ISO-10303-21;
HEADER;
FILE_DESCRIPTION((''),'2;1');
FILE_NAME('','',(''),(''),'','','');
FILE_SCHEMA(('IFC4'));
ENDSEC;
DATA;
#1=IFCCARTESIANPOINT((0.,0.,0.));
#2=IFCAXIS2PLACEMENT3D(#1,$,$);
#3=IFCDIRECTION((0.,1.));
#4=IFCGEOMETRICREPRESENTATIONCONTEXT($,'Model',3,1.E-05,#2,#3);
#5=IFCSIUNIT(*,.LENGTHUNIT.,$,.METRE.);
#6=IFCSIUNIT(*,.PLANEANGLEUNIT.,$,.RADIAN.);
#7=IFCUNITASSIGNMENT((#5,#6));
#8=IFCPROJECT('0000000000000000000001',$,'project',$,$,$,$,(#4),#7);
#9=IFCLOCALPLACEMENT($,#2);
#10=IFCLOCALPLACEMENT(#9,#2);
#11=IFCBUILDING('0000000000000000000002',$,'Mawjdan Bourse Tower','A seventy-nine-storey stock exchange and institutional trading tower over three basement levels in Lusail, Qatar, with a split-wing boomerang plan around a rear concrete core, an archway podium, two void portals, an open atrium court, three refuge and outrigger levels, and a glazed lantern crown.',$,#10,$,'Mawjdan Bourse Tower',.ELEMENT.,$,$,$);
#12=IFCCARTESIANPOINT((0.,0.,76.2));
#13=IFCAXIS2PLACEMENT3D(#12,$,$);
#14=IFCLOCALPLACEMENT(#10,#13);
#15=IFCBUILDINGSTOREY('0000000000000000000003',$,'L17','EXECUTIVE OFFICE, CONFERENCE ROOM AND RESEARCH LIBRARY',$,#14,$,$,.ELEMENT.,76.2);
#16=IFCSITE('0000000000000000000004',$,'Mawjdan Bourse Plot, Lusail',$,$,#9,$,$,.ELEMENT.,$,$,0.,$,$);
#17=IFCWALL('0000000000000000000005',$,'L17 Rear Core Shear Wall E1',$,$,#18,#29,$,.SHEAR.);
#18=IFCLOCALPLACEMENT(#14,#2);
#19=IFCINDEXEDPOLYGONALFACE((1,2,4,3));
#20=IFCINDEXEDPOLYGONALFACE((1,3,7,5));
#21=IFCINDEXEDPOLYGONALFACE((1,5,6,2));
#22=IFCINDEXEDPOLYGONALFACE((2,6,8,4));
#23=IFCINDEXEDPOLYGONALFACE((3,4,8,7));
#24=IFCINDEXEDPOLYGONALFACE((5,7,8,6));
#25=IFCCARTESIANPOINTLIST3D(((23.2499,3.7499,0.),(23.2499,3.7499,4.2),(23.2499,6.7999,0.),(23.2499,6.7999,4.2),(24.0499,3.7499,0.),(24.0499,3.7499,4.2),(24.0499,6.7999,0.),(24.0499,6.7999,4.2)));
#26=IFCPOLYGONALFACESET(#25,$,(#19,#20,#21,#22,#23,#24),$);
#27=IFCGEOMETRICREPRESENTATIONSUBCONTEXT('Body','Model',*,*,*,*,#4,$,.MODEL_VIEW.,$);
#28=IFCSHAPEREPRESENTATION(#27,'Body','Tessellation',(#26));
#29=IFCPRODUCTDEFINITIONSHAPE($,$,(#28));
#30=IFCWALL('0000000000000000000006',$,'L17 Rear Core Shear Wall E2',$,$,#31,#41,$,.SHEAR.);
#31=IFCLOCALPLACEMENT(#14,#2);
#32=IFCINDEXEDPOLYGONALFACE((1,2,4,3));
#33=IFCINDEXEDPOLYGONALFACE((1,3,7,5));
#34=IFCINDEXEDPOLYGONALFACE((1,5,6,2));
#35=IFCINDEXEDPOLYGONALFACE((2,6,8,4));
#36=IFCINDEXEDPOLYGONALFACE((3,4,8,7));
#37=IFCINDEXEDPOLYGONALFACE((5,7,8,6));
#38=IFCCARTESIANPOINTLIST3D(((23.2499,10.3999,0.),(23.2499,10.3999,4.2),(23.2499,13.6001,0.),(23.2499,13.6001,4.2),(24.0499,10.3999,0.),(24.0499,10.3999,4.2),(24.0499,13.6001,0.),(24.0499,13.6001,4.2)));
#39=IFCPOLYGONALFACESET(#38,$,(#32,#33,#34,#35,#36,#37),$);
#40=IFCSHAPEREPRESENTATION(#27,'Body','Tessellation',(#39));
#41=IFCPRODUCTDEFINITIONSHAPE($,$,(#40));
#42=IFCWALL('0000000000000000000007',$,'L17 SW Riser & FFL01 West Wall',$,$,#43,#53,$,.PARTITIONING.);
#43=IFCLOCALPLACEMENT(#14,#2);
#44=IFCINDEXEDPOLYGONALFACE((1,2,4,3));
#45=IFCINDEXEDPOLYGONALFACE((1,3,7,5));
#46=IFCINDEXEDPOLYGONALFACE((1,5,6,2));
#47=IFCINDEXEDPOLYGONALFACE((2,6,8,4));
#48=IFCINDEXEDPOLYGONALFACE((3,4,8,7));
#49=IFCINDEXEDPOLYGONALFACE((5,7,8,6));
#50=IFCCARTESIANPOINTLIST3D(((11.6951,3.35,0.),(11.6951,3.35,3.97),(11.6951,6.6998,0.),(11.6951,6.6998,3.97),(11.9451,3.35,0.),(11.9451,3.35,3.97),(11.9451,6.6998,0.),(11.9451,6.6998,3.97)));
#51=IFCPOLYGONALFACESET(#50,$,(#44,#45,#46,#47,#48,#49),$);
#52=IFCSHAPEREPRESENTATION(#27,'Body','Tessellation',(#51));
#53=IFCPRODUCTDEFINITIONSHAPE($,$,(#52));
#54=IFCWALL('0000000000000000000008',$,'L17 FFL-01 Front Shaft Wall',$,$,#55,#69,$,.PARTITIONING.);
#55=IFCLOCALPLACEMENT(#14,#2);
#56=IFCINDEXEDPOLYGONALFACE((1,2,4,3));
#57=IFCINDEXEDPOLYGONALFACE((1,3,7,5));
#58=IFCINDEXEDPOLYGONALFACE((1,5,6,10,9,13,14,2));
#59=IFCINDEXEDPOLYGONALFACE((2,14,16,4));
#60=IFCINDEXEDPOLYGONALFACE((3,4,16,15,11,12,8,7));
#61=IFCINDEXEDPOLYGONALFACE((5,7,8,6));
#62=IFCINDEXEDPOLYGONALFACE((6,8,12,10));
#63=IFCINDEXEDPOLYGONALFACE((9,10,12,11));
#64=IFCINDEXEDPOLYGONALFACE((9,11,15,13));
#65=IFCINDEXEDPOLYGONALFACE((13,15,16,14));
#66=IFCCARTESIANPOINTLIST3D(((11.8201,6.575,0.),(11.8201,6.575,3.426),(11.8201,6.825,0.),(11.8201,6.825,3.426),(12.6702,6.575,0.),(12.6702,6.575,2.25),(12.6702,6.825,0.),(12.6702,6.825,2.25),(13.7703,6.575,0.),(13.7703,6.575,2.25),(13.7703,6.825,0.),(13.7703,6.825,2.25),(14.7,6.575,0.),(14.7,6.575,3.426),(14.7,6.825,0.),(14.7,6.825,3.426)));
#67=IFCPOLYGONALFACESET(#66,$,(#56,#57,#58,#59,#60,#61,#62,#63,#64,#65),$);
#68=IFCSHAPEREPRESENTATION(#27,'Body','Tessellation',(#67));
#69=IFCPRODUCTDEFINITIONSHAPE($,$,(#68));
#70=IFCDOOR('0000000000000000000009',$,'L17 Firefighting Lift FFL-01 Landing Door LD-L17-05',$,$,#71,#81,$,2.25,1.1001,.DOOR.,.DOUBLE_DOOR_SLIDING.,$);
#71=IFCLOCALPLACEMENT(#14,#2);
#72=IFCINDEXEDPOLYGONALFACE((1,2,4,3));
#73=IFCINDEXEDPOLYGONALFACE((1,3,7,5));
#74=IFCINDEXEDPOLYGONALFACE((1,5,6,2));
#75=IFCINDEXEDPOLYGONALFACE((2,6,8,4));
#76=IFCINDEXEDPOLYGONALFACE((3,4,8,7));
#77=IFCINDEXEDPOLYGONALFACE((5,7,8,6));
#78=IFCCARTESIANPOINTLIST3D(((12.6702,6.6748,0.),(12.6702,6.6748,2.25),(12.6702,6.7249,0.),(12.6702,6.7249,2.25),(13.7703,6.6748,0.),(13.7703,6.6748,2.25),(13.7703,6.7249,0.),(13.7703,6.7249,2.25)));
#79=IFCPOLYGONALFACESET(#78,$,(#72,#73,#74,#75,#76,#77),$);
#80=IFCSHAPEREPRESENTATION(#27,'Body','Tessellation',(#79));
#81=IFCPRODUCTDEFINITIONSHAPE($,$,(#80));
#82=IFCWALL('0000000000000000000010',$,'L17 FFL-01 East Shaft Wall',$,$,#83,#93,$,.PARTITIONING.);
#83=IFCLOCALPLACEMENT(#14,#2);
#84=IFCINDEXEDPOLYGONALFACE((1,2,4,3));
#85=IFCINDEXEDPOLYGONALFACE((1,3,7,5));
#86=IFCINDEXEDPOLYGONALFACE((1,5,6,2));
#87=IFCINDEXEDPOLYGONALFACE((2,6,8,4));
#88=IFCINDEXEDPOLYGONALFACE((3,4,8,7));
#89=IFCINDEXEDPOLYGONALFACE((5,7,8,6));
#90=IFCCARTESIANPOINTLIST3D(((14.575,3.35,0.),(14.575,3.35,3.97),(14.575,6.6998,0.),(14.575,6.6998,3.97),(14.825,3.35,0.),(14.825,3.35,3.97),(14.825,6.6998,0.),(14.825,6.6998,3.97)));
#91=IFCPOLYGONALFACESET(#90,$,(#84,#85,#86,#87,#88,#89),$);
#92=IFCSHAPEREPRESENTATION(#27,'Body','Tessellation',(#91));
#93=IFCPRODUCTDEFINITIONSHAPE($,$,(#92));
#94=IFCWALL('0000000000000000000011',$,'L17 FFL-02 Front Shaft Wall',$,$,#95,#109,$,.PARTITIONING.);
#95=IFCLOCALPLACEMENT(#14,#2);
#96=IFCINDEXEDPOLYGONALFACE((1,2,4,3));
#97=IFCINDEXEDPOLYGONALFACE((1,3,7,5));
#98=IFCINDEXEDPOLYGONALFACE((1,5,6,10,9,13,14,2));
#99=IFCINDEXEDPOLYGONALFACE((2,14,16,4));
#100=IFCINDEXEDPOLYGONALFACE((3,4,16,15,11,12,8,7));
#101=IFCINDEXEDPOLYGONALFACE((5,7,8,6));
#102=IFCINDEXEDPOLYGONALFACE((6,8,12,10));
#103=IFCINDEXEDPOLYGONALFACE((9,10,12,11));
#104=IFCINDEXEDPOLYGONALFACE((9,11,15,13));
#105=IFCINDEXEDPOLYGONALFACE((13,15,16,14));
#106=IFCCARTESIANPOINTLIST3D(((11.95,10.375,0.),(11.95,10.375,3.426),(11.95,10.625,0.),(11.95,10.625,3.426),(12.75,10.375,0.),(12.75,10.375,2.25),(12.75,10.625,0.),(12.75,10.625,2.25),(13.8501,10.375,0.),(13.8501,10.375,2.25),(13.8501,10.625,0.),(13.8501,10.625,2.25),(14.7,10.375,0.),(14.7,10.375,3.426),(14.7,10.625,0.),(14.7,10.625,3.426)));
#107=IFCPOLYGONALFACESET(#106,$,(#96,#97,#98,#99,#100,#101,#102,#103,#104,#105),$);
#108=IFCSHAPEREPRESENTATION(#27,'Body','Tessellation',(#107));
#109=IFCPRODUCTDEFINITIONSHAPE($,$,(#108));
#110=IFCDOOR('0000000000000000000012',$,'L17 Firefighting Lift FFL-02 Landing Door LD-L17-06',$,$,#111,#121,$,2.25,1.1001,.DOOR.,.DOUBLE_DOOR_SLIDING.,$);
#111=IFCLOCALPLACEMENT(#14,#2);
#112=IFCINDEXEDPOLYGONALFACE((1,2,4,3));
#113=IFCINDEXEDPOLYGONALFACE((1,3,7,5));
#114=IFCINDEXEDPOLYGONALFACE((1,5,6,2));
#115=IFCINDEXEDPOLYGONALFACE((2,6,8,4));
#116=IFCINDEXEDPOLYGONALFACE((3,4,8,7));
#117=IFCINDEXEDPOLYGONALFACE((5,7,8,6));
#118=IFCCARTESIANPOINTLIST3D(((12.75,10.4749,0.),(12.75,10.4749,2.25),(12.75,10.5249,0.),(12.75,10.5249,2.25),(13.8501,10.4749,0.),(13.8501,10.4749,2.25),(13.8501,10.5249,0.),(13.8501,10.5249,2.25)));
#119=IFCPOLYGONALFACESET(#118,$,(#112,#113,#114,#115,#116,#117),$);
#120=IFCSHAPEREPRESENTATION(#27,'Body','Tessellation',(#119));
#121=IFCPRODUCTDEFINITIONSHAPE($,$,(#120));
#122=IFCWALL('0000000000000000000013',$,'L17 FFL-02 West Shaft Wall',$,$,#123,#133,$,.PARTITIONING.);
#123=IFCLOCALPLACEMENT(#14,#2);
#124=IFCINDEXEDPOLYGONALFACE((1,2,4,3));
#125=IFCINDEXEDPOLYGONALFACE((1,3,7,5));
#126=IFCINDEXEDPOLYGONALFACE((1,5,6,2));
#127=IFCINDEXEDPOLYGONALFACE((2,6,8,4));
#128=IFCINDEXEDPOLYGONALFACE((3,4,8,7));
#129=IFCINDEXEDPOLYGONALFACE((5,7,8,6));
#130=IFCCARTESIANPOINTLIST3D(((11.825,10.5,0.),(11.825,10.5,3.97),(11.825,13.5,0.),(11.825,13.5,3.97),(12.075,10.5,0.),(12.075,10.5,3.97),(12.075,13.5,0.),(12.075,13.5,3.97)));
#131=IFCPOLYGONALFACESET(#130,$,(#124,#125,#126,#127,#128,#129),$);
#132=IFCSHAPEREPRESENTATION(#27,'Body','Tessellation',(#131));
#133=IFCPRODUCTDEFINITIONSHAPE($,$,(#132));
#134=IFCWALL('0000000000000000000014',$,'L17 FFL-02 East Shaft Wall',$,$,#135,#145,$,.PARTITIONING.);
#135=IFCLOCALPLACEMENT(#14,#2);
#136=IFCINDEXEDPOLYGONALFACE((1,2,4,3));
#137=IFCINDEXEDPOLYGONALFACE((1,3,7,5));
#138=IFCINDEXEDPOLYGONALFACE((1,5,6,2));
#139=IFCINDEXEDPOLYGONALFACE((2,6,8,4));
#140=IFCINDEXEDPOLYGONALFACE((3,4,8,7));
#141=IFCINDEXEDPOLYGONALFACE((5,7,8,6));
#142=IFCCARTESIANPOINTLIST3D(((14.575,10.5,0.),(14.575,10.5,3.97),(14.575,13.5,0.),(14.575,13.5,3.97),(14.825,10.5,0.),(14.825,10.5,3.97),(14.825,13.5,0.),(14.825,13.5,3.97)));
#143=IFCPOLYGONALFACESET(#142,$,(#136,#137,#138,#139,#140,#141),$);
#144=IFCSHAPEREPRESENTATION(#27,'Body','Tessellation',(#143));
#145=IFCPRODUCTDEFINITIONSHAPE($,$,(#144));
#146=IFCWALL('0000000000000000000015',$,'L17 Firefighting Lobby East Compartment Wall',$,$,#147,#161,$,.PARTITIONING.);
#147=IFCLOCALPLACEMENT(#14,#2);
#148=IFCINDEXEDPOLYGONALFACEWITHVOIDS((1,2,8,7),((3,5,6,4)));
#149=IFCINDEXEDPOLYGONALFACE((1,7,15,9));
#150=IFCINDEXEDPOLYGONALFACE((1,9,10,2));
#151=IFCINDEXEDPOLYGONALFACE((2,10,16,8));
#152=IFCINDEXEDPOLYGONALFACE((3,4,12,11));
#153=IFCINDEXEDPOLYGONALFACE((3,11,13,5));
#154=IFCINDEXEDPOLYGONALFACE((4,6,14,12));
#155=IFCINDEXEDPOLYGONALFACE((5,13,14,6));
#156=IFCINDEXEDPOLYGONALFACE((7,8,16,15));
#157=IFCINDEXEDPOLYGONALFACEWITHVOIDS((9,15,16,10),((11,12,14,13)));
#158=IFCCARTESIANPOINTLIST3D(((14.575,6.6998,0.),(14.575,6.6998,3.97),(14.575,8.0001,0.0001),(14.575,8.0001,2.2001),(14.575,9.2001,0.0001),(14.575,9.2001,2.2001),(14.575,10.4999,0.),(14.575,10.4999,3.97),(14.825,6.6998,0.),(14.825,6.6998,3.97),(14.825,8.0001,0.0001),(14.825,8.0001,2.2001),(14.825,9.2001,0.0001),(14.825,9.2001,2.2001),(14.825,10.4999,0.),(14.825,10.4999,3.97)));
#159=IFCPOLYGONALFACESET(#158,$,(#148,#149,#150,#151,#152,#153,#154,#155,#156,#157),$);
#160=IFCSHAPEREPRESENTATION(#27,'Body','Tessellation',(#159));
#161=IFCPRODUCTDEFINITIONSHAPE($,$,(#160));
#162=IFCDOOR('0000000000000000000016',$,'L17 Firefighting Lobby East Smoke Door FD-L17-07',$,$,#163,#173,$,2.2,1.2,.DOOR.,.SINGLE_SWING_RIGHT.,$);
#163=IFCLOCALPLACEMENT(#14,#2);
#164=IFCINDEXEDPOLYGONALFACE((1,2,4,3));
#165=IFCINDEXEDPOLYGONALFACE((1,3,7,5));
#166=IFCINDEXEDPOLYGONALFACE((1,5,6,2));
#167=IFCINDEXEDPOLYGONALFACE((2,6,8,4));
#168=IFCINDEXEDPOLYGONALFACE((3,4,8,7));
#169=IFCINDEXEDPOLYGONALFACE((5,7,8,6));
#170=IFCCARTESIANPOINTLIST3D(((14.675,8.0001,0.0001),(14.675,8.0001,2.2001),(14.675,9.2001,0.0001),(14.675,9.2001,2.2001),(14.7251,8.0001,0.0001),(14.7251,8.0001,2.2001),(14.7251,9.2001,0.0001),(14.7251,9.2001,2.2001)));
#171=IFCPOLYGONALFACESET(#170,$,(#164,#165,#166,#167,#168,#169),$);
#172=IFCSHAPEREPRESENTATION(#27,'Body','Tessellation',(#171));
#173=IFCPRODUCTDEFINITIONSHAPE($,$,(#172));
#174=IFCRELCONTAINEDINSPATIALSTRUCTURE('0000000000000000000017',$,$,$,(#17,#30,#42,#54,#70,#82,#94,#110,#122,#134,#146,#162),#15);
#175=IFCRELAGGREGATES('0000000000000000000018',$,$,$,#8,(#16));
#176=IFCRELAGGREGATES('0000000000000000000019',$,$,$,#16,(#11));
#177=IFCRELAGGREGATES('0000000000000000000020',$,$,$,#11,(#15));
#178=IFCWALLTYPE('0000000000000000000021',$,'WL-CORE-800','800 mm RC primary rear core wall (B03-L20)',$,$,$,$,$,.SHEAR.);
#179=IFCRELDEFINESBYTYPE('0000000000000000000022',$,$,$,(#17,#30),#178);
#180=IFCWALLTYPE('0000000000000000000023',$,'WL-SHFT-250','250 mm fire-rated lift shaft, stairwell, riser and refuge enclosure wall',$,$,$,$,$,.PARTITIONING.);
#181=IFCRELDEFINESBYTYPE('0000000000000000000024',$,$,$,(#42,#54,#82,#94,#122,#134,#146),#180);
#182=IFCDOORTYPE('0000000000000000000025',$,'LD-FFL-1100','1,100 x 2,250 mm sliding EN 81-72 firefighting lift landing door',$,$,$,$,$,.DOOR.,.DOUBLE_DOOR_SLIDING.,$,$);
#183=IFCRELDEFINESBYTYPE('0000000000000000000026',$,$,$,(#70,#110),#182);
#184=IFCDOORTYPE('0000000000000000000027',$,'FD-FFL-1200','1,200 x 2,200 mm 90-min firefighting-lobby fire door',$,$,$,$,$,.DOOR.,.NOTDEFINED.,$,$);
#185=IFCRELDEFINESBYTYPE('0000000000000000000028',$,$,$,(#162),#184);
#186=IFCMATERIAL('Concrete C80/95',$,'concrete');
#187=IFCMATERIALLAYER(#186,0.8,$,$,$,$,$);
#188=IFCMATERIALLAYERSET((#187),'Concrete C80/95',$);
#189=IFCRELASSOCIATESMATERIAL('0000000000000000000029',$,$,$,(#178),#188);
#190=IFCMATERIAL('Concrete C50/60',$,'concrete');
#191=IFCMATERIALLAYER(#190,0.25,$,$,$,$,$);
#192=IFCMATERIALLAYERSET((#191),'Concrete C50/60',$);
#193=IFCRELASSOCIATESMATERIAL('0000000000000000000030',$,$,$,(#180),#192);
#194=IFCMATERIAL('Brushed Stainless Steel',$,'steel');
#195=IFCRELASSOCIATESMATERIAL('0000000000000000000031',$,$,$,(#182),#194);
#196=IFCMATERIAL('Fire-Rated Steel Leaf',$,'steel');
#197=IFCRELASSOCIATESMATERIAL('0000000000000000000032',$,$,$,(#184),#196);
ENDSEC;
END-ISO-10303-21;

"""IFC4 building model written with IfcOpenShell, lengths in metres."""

from ifc_helpers import new_model, si_unit, direction, frame, frame_2d, origin, place, context, subcontext, project, spatial, rectangle, extrude, material, layer, layer_set, type_object, element, fill, save


model = new_model("IFC4")

# Units and contexts
model_context = context("Model", 3, precision=1e-05, world=origin(), true_north=direction((0.0, 1.0)))
body_context = subcontext(model_context, "Body", "Model", "MODEL_VIEW")
ifc_project = project(units=[si_unit("LENGTHUNIT", "METRE"), si_unit("PLANEANGLEUNIT", "RADIAN")], contexts=[model_context])

# Site, building, storey
site_placement = place(None, origin())
site = spatial("IfcSite", under=ifc_project, at=site_placement, Name="Mawjdan Bourse Plot, Lusail", CompositionType="ELEMENT", RefElevation=0.0)
building_placement = place(site_placement, origin())
building = spatial("IfcBuilding", under=site, at=building_placement, Name="Mawjdan Bourse Tower", Description="A seventy-nine-storey stock exchange and institutional trading tower over three basement levels in Lusail, Qatar, with a split-wing boomerang plan around a rear concrete core, an archway podium, two void portals, an open atrium court, three refuge and outrigger levels, and a glazed lantern crown.", LongName="Mawjdan Bourse Tower", CompositionType="ELEMENT")
storey_placement = place(building_placement, frame((0.0, 0.0, 76.2)))
storey = spatial("IfcBuildingStorey", under=building, at=storey_placement, Name="L17", Description="EXECUTIVE OFFICE, CONFERENCE ROOM AND RESEARCH LIBRARY", CompositionType="ELEMENT", Elevation=76.2)

# Walls
ifc_material_1 = material(Name="Concrete C80/95", Category="concrete")
ifc_layer_1 = layer(ifc_material_1, 0.8)
ifc_layer_set_1 = layer_set([ifc_layer_1], Name="Concrete C80/95")
wall_type_1 = type_object("IfcWallType", Name="WL-CORE-800", Description="800 mm RC primary rear core wall (B03-L20)", PredefinedType="SHEAR", material=ifc_layer_set_1)
wall_1_placement = place(storey_placement, frame((23.6499, 3.75, 0.0), z_axis=(0.0, 0.0, 1.0), x_axis=(0.0, 1.0, 0.0)))
element("IfcWall", 1, at=wall_1_placement, inside=storey, type_object=wall_type_1, Name="L17 Rear Core Shear Wall E1", PredefinedType="SHEAR", context=body_context, shape_type="SweptSolid", body=[
    extrude(rectangle(XDim=3.05, YDim=0.8, at=frame_2d((1.5249, 0.0))), origin(), (0.0, 0.0, 1.0), 4.2),
])
wall_2_placement = place(storey_placement, frame((23.6499, 10.3999, 0.0), z_axis=(0.0, 0.0, 1.0), x_axis=(0.0, 1.0, 0.0)))
element("IfcWall", 2, at=wall_2_placement, inside=storey, type_object=wall_type_1, Name="L17 Rear Core Shear Wall E2", PredefinedType="SHEAR", context=body_context, shape_type="SweptSolid", body=[
    extrude(rectangle(XDim=3.2002, YDim=0.8, at=frame_2d((1.6001, 0.0))), origin(), (0.0, 0.0, 1.0), 4.2),
])
ifc_material_2 = material(Name="Concrete C50/60", Category="concrete")
ifc_layer_2 = layer(ifc_material_2, 0.25)
ifc_layer_set_2 = layer_set([ifc_layer_2], Name="Concrete C50/60")
wall_type_2 = type_object("IfcWallType", Name="WL-SHFT-250", Description="250 mm fire-rated lift shaft, stairwell, riser and refuge enclosure wall", PredefinedType="PARTITIONING", material=ifc_layer_set_2)
wall_3_placement = place(storey_placement, frame((11.8201, 3.3501, 0.0), z_axis=(0.0, 0.0, 1.0), x_axis=(0.0, 1.0, 0.0)))
element("IfcWall", 3, at=wall_3_placement, inside=storey, type_object=wall_type_2, Name="L17 SW Riser & FFL01 West Wall", PredefinedType="PARTITIONING", context=body_context, shape_type="SweptSolid", body=[
    extrude(rectangle(XDim=3.3499, YDim=0.25, at=frame_2d((1.6748, 0.0))), origin(), (0.0, 0.0, 1.0), 3.97),
])

# Wall, opening, door
wall_4_placement = place(storey_placement, frame((11.8201, 6.7, 0.0), z_axis=(0.0, 0.0, 1.0), x_axis=(1.0, 0.0, 0.0)))
wall_4 = element("IfcWall", 4, at=wall_4_placement, inside=storey, type_object=wall_type_2, Name="L17 FFL-01 Front Shaft Wall", PredefinedType="PARTITIONING", context=body_context, shape_type="SweptSolid", body=[
    extrude(rectangle(XDim=2.8799, YDim=0.25, at=frame_2d((1.4399, 0.0))), origin(), (0.0, 0.0, 1.0), 3.426),
])
opening_1_placement = place(wall_4_placement, frame((0.8501, 0.0, 0.0)))
opening_1 = element("IfcOpeningElement", 5, at=opening_1_placement, cuts=wall_4, PredefinedType="OPENING", context=body_context, shape_type="SweptSolid", body=[
    extrude(rectangle(XDim=1.1001, YDim=2.25, at=frame_2d((0.55, 1.125))), frame((0.0, 0.135, 0.0), z_axis=(0.0, -1.0, 0.0), x_axis=(1.0, 0.0, 0.0)), (0.0, 0.0, 1.0), 0.27),
])
ifc_material_3 = material(Name="Brushed Stainless Steel", Category="steel")
door_type_1 = type_object("IfcDoorType", Name="LD-FFL-1100", Description="1,100 x 2,250 mm sliding EN 81-72 firefighting lift landing door", OperationType="DOUBLE_DOOR_SLIDING", PredefinedType="DOOR", material=ifc_material_3)
door_1_placement = place(opening_1_placement, origin())
door_1 = element("IfcDoor", 6, at=door_1_placement, inside=storey, type_object=door_type_1, Name="L17 Firefighting Lift FFL-01 Landing Door LD-L17-05", OperationType="DOUBLE_DOOR_SLIDING", OverallHeight=2.25, OverallWidth=1.1001, PredefinedType="DOOR", context=body_context, shape_type="SweptSolid", body=[
    extrude(rectangle(XDim=1.1001, YDim=2.25, at=frame_2d((0.55, 1.125))), frame((0.0, 0.0249, 0.0), z_axis=(0.0, -1.0, 0.0), x_axis=(1.0, 0.0, 0.0)), (0.0, 0.0, 1.0), 0.05),
])
fill(opening_1, door_1)

# Wall
wall_5_placement = place(storey_placement, frame((14.7, 3.3501, 0.0), z_axis=(0.0, 0.0, 1.0), x_axis=(0.0, 1.0, 0.0)))
element("IfcWall", 7, at=wall_5_placement, inside=storey, type_object=wall_type_2, Name="L17 FFL-01 East Shaft Wall", PredefinedType="PARTITIONING", context=body_context, shape_type="SweptSolid", body=[
    extrude(rectangle(XDim=3.3499, YDim=0.25, at=frame_2d((1.6748, 0.0))), origin(), (0.0, 0.0, 1.0), 3.97),
])

# Wall, opening, door
wall_6_placement = place(storey_placement, frame((11.95, 10.5, 0.0), z_axis=(0.0, 0.0, 1.0), x_axis=(1.0, 0.0, 0.0)))
wall_6 = element("IfcWall", 8, at=wall_6_placement, inside=storey, type_object=wall_type_2, Name="L17 FFL-02 Front Shaft Wall", PredefinedType="PARTITIONING", context=body_context, shape_type="SweptSolid", body=[
    extrude(rectangle(XDim=2.75, YDim=0.25, at=frame_2d((1.375, 0.0))), origin(), (0.0, 0.0, 1.0), 3.426),
])
opening_2_placement = place(wall_6_placement, frame((0.8, 0.0, 0.0)))
opening_2 = element("IfcOpeningElement", 9, at=opening_2_placement, cuts=wall_6, PredefinedType="OPENING", context=body_context, shape_type="SweptSolid", body=[
    extrude(rectangle(XDim=1.1001, YDim=2.25, at=frame_2d((0.55, 1.125))), frame((0.0, 0.135, 0.0), z_axis=(0.0, -1.0, 0.0), x_axis=(1.0, 0.0, 0.0)), (0.0, 0.0, 1.0), 0.27),
])
door_2_placement = place(opening_2_placement, origin())
door_2 = element("IfcDoor", 10, at=door_2_placement, inside=storey, type_object=door_type_1, Name="L17 Firefighting Lift FFL-02 Landing Door LD-L17-06", OperationType="DOUBLE_DOOR_SLIDING", OverallHeight=2.25, OverallWidth=1.1001, PredefinedType="DOOR", context=body_context, shape_type="SweptSolid", body=[
    extrude(rectangle(XDim=1.1001, YDim=2.25, at=frame_2d((0.55, 1.125))), frame((0.0, 0.0249, 0.0), z_axis=(0.0, -1.0, 0.0), x_axis=(1.0, 0.0, 0.0)), (0.0, 0.0, 1.0), 0.05),
])
fill(opening_2, door_2)

# Walls
for number, where, z_axis, x_axis, name in (
    (11, (11.95, 10.5, 0.0), (0.0, 0.0, 1.0), (0.0, 1.0, 0.0), "L17 FFL-02 West Shaft Wall"),
    (12, (14.7, 10.5, 0.0), (0.0, 0.0, 1.0), (0.0, 1.0, 0.0), "L17 FFL-02 East Shaft Wall"),
):
    element("IfcWall", number, at=place(storey_placement, frame(where, z_axis=z_axis, x_axis=x_axis)), inside=storey, type_object=wall_type_2, Name=name, PredefinedType="PARTITIONING", context=body_context, shape_type="SweptSolid", body=[
        extrude(rectangle(XDim=3.0, YDim=0.25, at=frame_2d((1.5, 0.0))), origin(), (0.0, 0.0, 1.0), 3.97),
    ])

# Wall, opening, door
wall_7_placement = place(storey_placement, frame((14.7, 6.7, 0.0), z_axis=(0.0, 0.0, 1.0), x_axis=(0.0, 1.0, 0.0)))
wall_7 = element("IfcWall", 13, at=wall_7_placement, inside=storey, type_object=wall_type_2, Name="L17 Firefighting Lobby East Compartment Wall", PredefinedType="PARTITIONING", context=body_context, shape_type="SweptSolid", body=[
    extrude(rectangle(XDim=3.8, YDim=0.25, at=frame_2d((1.8999, 0.0))), origin(), (0.0, 0.0, 1.0), 3.97),
])
opening_3_placement = place(wall_7_placement, frame((1.3, 0.0, 0.0)))
opening_3 = element("IfcOpeningElement", 14, at=opening_3_placement, cuts=wall_7, PredefinedType="OPENING", context=body_context, shape_type="SweptSolid", body=[
    extrude(rectangle(XDim=1.2, YDim=2.2, at=frame_2d((0.6001, 1.1001))), frame((0.0, 0.135, 0.0), z_axis=(0.0, -1.0, 0.0), x_axis=(1.0, 0.0, 0.0)), (0.0, 0.0, 1.0), 0.27),
])
ifc_material_4 = material(Name="Fire-Rated Steel Leaf", Category="steel")
door_type_2 = type_object("IfcDoorType", Name="FD-FFL-1200", Description="1,200 x 2,200 mm 90-min firefighting-lobby fire door", OperationType="NOTDEFINED", PredefinedType="DOOR", material=ifc_material_4)
door_3_placement = place(opening_3_placement, origin())
door_3 = element("IfcDoor", 15, at=door_3_placement, inside=storey, type_object=door_type_2, Name="L17 Firefighting Lobby East Smoke Door FD-L17-07", OperationType="SINGLE_SWING_RIGHT", OverallHeight=2.2, OverallWidth=1.2, PredefinedType="DOOR", context=body_context, shape_type="SweptSolid", body=[
    extrude(rectangle(XDim=1.2, YDim=2.2, at=frame_2d((0.6001, 1.1001))), frame((0.0, 0.0249, 0.0), z_axis=(0.0, -1.0, 0.0), x_axis=(1.0, 0.0, 0.0)), (0.0, 0.0, 1.0), 0.05),
])
fill(opening_3, door_3)

save(model, "model.ifc")
